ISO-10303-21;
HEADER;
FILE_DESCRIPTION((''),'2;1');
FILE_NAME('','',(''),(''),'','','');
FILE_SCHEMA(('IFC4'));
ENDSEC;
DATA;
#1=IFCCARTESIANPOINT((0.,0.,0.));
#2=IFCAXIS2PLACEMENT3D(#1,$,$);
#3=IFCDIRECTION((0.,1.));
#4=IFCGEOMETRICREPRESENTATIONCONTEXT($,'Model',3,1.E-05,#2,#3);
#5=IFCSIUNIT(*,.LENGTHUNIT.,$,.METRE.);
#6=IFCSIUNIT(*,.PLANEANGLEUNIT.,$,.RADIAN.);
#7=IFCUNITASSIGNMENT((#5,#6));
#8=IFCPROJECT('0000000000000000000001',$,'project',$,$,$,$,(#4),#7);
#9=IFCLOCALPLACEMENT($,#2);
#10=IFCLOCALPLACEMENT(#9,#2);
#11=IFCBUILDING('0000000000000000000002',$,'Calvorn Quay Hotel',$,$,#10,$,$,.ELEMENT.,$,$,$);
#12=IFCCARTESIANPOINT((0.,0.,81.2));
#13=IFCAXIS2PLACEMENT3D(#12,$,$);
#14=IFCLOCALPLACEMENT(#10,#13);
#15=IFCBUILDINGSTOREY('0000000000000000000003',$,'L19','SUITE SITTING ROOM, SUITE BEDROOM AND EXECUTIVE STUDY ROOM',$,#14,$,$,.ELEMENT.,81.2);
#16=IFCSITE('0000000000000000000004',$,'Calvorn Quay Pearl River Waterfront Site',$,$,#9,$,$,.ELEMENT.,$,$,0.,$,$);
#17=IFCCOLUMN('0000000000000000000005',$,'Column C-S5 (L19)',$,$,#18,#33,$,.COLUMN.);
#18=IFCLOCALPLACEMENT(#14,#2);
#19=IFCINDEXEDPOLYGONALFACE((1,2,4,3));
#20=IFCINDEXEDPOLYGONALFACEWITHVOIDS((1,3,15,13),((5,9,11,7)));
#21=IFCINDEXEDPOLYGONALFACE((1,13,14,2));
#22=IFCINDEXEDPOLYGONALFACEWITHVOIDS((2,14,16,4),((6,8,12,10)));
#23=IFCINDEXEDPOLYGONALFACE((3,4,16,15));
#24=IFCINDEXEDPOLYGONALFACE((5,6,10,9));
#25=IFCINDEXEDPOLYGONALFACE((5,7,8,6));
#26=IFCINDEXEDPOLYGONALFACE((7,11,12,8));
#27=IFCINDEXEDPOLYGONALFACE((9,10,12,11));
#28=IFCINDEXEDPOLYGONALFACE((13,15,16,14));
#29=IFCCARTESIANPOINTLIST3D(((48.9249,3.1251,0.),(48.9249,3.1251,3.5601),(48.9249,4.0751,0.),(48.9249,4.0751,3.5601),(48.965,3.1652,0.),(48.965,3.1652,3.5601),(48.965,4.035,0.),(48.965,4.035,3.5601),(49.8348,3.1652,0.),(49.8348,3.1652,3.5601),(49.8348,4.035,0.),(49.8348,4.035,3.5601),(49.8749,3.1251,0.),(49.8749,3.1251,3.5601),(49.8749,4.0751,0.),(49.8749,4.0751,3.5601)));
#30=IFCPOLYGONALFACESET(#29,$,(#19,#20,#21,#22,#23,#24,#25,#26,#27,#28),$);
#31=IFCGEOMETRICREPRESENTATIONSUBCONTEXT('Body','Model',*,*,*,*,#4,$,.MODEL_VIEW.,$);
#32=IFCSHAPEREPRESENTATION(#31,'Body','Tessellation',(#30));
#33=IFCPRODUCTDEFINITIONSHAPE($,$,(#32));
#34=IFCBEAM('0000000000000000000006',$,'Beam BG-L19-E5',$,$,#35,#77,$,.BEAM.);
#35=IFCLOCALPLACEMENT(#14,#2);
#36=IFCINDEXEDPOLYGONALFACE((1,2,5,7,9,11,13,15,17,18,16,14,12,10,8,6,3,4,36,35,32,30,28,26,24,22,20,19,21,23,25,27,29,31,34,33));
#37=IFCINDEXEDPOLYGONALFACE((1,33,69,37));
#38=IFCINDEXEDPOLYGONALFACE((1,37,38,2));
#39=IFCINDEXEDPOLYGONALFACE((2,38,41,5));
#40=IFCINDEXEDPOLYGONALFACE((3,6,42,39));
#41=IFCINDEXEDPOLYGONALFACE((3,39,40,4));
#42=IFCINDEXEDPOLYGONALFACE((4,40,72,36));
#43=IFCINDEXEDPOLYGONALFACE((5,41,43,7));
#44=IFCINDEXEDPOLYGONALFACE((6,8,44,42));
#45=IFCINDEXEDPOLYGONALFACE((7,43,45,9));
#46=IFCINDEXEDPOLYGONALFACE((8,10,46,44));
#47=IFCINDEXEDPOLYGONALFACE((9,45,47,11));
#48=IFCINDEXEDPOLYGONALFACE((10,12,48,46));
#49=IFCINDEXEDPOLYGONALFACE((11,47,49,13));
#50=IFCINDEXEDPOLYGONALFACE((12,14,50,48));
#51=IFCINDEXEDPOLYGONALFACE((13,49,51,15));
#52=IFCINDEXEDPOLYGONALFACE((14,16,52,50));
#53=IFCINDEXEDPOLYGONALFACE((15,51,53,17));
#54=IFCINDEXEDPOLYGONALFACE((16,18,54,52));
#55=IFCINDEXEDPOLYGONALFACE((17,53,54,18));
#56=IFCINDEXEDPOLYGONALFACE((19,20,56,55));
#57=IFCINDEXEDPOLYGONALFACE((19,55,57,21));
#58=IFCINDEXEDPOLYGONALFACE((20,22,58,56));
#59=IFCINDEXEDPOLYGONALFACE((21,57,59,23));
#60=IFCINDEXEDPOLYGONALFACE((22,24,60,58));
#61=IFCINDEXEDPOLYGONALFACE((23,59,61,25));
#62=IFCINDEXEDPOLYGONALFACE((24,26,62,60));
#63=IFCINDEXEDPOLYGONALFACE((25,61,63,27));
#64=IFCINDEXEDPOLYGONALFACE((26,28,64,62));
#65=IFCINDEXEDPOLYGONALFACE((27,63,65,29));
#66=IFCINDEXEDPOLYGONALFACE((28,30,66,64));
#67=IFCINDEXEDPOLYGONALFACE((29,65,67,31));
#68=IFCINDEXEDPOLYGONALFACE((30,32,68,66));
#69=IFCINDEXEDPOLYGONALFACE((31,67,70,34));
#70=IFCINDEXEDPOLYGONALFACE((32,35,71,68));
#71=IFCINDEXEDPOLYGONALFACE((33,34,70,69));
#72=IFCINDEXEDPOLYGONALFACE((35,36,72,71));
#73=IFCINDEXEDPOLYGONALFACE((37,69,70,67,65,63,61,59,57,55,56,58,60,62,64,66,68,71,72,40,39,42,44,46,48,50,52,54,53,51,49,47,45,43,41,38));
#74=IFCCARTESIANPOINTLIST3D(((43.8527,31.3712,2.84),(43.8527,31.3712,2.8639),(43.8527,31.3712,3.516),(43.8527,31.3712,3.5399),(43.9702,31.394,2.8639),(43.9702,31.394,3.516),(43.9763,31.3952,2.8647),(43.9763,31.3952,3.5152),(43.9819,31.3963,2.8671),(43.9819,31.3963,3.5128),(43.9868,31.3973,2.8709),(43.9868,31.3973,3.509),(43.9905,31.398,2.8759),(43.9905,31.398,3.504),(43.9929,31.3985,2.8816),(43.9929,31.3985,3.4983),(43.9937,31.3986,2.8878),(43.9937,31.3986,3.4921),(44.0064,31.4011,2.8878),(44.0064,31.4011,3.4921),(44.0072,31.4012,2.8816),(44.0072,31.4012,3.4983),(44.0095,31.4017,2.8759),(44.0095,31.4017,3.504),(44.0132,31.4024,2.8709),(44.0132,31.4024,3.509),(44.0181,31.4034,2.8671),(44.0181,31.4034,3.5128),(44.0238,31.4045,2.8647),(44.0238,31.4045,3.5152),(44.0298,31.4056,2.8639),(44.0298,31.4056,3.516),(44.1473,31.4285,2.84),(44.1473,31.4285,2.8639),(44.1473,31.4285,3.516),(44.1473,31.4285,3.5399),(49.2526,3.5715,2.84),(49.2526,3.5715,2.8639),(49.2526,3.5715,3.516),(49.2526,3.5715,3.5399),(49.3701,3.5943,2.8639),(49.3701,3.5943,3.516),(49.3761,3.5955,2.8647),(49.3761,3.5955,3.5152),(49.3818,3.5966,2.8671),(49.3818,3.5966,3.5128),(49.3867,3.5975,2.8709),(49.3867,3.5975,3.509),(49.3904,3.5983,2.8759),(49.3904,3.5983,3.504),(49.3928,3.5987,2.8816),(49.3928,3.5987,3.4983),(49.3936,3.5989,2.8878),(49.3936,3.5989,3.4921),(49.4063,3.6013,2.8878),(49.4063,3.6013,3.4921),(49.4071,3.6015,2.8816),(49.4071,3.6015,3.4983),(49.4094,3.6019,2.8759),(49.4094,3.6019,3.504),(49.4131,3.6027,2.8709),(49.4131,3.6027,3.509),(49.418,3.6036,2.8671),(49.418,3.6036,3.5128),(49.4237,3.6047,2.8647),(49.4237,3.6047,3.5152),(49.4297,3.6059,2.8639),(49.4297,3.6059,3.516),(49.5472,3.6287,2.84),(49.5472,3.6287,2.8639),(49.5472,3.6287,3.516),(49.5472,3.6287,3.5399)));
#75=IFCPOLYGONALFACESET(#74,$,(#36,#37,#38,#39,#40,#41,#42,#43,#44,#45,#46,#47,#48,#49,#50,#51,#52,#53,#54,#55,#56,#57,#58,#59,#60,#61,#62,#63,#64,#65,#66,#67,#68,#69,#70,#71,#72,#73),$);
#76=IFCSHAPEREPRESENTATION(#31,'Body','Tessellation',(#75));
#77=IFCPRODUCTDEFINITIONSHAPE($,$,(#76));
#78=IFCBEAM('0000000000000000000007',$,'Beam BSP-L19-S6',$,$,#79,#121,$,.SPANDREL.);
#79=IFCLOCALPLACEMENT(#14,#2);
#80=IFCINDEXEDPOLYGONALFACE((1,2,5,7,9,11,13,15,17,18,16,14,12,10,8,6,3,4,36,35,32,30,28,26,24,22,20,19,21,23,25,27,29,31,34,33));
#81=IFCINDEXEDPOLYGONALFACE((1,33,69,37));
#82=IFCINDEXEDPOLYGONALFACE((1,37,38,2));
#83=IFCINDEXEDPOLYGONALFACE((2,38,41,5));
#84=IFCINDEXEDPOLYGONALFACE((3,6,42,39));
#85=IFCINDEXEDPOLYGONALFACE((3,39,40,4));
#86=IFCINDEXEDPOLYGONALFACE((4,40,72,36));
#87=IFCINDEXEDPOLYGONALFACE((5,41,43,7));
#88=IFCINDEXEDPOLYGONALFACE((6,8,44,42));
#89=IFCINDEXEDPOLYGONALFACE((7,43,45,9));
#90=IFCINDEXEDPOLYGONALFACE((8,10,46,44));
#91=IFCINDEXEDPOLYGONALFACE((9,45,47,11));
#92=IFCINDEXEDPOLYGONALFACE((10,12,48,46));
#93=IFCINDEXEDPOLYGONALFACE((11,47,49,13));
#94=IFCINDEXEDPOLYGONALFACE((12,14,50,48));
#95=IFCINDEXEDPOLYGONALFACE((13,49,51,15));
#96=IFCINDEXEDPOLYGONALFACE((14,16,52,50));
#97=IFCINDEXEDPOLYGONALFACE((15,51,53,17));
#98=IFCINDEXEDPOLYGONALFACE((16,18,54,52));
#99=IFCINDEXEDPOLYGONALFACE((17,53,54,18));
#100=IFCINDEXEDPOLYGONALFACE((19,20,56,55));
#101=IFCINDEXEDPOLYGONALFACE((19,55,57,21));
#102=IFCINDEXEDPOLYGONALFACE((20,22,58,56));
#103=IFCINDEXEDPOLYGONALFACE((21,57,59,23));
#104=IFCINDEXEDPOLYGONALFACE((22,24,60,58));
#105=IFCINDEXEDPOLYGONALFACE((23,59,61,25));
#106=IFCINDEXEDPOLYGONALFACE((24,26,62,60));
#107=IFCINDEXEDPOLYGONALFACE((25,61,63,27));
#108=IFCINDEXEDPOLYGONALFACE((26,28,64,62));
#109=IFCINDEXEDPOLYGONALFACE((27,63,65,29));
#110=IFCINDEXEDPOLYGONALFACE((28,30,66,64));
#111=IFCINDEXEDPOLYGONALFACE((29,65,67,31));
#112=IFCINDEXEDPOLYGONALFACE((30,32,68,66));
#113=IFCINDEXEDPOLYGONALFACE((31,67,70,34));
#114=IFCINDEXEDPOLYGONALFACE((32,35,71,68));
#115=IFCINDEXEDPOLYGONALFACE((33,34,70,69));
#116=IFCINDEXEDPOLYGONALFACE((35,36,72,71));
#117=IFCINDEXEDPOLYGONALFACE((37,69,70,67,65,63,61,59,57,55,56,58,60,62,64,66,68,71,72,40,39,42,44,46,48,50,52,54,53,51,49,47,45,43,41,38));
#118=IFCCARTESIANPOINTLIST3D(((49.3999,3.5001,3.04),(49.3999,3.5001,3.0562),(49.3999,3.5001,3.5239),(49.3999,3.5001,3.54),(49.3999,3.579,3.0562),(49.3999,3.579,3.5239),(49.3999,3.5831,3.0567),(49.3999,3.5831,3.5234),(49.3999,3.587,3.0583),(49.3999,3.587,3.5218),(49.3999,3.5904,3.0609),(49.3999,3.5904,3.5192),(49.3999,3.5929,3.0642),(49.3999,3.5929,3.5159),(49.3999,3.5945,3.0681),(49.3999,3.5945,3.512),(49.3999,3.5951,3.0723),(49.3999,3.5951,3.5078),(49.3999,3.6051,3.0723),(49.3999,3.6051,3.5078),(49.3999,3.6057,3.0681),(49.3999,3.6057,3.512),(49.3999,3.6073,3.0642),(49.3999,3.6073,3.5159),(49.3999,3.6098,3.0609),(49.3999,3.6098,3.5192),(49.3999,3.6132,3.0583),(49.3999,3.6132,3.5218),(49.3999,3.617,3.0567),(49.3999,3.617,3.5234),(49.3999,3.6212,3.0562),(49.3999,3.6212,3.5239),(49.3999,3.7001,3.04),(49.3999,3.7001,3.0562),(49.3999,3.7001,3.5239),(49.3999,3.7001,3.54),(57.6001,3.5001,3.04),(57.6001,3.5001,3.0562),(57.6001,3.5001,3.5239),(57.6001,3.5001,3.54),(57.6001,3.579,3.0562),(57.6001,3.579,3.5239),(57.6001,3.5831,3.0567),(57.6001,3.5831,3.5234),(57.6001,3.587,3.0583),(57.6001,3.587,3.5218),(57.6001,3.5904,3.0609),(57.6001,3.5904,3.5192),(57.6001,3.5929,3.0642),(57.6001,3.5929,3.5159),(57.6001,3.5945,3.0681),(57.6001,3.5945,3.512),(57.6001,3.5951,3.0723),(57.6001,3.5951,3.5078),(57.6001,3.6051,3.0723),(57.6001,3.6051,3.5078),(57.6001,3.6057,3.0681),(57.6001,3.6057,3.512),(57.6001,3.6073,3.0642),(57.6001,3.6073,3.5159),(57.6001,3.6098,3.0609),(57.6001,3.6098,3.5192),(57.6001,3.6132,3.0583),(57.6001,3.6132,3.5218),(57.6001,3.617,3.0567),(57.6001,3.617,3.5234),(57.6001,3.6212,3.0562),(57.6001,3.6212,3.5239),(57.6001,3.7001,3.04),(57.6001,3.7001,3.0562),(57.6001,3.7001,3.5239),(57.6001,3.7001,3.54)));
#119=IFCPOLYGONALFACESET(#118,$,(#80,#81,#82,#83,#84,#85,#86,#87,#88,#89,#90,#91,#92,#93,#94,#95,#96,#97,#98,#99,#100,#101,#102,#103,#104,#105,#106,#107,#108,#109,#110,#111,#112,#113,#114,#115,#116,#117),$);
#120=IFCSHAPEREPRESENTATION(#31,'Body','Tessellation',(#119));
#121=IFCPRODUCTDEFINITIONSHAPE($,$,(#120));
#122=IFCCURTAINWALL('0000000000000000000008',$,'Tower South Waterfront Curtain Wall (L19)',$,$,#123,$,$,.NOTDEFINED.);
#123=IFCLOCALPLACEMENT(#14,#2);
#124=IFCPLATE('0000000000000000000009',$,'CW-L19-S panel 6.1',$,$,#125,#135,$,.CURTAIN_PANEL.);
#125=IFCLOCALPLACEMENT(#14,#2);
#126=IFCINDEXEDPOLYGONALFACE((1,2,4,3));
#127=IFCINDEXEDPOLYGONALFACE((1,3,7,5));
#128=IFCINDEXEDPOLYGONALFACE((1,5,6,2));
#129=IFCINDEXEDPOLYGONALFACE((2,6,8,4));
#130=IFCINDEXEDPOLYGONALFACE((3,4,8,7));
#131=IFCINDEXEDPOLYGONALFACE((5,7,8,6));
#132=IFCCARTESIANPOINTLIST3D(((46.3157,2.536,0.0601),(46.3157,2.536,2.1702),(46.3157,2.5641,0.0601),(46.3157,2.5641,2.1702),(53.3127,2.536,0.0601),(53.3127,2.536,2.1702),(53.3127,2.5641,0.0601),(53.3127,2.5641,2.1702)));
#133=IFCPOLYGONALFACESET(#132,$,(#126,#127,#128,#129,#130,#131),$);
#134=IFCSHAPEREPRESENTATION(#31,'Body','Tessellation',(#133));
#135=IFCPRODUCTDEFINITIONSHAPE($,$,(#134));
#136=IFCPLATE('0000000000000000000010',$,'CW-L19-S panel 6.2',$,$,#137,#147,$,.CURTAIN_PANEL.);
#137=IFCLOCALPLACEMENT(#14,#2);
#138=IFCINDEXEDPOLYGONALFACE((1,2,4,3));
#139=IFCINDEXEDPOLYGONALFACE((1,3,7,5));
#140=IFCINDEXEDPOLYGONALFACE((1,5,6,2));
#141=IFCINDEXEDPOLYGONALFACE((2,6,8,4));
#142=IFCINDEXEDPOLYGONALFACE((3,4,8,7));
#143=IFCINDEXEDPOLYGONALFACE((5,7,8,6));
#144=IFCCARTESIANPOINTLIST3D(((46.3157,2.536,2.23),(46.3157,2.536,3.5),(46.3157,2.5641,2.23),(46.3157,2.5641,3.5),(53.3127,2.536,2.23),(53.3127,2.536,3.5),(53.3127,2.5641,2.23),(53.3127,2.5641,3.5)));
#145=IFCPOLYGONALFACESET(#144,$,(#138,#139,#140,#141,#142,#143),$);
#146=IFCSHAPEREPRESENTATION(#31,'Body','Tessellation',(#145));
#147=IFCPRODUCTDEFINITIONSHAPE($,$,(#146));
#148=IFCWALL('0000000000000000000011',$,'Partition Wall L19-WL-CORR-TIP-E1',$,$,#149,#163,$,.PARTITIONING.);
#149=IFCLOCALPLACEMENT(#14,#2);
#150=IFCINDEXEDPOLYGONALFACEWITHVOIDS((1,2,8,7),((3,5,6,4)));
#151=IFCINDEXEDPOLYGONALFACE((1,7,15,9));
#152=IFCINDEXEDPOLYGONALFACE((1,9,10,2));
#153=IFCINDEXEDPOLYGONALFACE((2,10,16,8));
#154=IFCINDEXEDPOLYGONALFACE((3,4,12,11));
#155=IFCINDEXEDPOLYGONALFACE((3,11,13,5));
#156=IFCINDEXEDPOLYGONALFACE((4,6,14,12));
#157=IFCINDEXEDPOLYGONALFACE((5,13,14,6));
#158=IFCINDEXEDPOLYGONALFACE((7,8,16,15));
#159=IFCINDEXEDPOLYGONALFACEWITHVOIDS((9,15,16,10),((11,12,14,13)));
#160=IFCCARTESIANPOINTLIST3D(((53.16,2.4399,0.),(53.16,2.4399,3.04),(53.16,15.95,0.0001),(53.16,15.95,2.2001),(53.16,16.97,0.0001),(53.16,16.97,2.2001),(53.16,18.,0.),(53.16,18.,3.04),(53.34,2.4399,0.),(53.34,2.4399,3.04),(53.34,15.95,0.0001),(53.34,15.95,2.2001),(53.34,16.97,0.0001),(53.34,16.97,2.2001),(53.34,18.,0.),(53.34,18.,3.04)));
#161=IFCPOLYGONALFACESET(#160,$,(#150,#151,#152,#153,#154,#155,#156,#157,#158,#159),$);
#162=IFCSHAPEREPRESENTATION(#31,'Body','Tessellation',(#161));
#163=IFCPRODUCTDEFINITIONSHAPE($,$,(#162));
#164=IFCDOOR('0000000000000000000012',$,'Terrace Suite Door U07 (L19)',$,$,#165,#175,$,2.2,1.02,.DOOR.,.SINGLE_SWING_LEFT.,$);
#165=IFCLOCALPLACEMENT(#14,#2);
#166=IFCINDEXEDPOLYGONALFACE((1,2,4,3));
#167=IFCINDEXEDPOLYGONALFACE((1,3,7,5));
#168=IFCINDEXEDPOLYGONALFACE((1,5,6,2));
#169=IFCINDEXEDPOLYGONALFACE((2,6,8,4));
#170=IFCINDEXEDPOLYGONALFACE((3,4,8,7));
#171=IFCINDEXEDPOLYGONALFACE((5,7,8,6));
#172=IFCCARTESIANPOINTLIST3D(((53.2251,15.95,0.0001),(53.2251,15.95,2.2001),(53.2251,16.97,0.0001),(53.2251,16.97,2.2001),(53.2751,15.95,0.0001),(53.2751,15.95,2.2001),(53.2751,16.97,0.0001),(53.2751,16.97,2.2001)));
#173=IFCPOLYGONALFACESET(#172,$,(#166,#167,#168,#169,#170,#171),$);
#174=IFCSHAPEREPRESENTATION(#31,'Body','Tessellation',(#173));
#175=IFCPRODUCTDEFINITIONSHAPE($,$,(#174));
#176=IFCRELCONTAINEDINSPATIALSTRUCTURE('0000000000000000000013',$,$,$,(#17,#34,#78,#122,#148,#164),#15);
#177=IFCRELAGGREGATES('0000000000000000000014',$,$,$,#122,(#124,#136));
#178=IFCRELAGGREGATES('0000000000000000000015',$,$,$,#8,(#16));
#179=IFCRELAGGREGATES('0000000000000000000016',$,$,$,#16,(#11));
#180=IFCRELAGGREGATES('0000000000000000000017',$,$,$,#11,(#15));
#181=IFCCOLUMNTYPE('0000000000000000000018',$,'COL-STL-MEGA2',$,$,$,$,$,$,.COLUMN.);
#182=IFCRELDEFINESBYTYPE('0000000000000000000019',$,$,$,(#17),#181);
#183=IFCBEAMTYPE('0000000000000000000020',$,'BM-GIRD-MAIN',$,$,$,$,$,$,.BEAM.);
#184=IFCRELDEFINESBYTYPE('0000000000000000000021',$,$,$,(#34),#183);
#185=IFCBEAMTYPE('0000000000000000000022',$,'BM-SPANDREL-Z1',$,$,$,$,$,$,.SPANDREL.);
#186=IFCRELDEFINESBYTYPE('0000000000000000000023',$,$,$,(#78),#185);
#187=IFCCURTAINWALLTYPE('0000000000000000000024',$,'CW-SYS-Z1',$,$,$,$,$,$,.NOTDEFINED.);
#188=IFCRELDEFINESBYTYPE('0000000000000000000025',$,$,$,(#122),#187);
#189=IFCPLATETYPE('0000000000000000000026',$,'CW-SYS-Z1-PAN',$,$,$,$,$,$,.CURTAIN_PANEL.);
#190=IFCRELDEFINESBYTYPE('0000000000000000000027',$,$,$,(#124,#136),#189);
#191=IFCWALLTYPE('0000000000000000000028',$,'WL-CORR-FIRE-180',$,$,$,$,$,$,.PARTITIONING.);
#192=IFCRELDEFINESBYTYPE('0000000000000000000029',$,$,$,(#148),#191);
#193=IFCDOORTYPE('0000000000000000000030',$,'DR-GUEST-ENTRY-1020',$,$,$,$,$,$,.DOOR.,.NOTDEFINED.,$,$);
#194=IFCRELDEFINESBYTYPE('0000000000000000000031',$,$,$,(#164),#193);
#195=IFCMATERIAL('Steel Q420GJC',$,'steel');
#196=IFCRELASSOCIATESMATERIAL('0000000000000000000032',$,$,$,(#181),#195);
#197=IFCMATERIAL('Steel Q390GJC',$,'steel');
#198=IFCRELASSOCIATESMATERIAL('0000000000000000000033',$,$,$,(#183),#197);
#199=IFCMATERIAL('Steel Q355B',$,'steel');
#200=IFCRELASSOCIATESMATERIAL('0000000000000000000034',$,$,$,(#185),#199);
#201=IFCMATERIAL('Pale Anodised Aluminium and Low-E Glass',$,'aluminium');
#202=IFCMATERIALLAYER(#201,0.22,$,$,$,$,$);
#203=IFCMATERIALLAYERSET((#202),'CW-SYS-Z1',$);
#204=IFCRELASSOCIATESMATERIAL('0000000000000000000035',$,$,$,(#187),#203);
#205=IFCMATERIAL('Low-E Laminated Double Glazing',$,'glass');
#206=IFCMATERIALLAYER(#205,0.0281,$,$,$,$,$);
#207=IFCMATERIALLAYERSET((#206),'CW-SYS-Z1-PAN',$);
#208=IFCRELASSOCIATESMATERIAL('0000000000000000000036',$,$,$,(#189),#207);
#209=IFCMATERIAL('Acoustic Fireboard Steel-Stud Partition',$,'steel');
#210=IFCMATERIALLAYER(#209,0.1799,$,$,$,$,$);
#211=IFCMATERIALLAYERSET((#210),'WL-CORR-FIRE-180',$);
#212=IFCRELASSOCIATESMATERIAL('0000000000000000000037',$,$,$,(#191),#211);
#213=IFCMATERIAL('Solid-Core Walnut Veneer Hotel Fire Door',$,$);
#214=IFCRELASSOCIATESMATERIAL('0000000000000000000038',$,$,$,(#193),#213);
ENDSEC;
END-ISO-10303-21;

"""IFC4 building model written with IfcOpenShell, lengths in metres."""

from ifc_helpers import new_model, si_unit, direction, frame, frame_2d, origin, origin_2d, place, context, subcontext, project, spatial, rectangle, hollow_rectangle, i_section, extrude, material, layer, layer_set, material_profile, profile_set, type_object, element, fill, aggregate, save


model = new_model("IFC4")

# Units and contexts
model_context = context("Model", 3, precision=1e-05, world=origin(), true_north=direction((0.0, 1.0)))
body_context = subcontext(model_context, "Body", "Model", "MODEL_VIEW")
ifc_project = project(units=[si_unit("LENGTHUNIT", "METRE"), si_unit("PLANEANGLEUNIT", "RADIAN")], contexts=[model_context])

# Site, building, storey
site_placement = place(None, origin())
site = spatial("IfcSite", under=ifc_project, at=site_placement, Name="Calvorn Quay Pearl River Waterfront Site", CompositionType="ELEMENT", RefElevation=0.0)
building_placement = place(site_placement, origin())
building = spatial("IfcBuilding", under=site, at=building_placement, Name="Calvorn Quay Hotel", CompositionType="ELEMENT")
storey_placement = place(building_placement, frame((0.0, 0.0, 81.2)))
storey = spatial("IfcBuildingStorey", under=building, at=storey_placement, Name="L19", Description="SUITE SITTING ROOM, SUITE BEDROOM AND EXECUTIVE STUDY ROOM", CompositionType="ELEMENT", Elevation=81.2)

# Column
ifc_material_1 = material(Name="Steel Q420GJC", Category="steel")
ifc_material_profile_1 = material_profile(ifc_material_1, hollow_rectangle(XDim=0.95, YDim=0.95, WallThickness=0.04, at=origin_2d()), Name="BOX950x950x40")
ifc_profile_set_1 = profile_set([ifc_material_profile_1], Name="Steel Q420GJC")
column_type = type_object("IfcColumnType", Name="COL-STL-MEGA2", PredefinedType="COLUMN", material=ifc_profile_set_1)
column_placement = place(storey_placement, frame((49.3999, 3.6001, 0.0), z_axis=(0.0, 0.0, 1.0), x_axis=(1.0, 0.0, 0.0)))
element("IfcColumn", 1, at=column_placement, inside=storey, type_object=column_type, Name="Column C-S5 (L19)", PredefinedType="COLUMN", context=body_context, shape_type="SweptSolid", body=[
    extrude(hollow_rectangle(XDim=0.95, YDim=0.95, WallThickness=0.04, at=origin_2d()), origin(), (0.0, 0.0, 1.0), 3.5601),
])

# Beams
ifc_material_2 = material(Name="Steel Q390GJC", Category="steel")
ifc_material_profile_2 = material_profile(ifc_material_2, i_section(OverallWidth=0.3, OverallDepth=0.7, WebThickness=0.0129, FlangeThickness=0.0239, FilletRadius=0.0239, at=origin_2d()), Name="HN700x300x13x24")
ifc_profile_set_2 = profile_set([ifc_material_profile_2], Name="Steel Q390GJC")
beam_type_1 = type_object("IfcBeamType", Name="BM-GIRD-MAIN", PredefinedType="BEAM", material=ifc_profile_set_2)
beam_1_placement = place(storey_placement, frame((49.3999, 3.6001, 3.1899), z_axis=(-0.190679, 0.981653, 0.0), x_axis=(-0.981653, -0.190679, 0.0)))
element("IfcBeam", 2, at=beam_1_placement, inside=storey, type_object=beam_type_1, Name="Beam BG-L19-E5", PredefinedType="BEAM", context=body_context, shape_type="SweptSolid", body=[
    extrude(i_section(OverallWidth=0.3, OverallDepth=0.7, WebThickness=0.0129, FlangeThickness=0.0239, FilletRadius=0.0239, at=origin_2d()), origin(), (0.0, 0.0, 1.0), 28.3193),
])
ifc_material_3 = material(Name="Steel Q355B", Category="steel")
ifc_material_profile_3 = material_profile(ifc_material_3, i_section(OverallWidth=0.2, OverallDepth=0.5, WebThickness=0.01, FlangeThickness=0.0161, FilletRadius=0.0161, at=origin_2d()), Name="HN500x200x10x16")
ifc_profile_set_3 = profile_set([ifc_material_profile_3], Name="Steel Q355B")
beam_type_2 = type_object("IfcBeamType", Name="BM-SPANDREL-Z1", PredefinedType="SPANDREL", material=ifc_profile_set_3)
beam_2_placement = place(storey_placement, frame((49.3999, 3.6001, 3.29), z_axis=(1.0, 0.0, 0.0), x_axis=(0.0, 1.0, 0.0)))
element("IfcBeam", 3, at=beam_2_placement, inside=storey, type_object=beam_type_2, Name="Beam BSP-L19-S6", PredefinedType="SPANDREL", context=body_context, shape_type="SweptSolid", body=[
    extrude(i_section(OverallWidth=0.2, OverallDepth=0.5, WebThickness=0.01, FlangeThickness=0.0161, FilletRadius=0.0161, at=origin_2d()), origin(), (0.0, 0.0, 1.0), 8.2002),
])

# Curtain wall, plates
ifc_material_4 = material(Name="Pale Anodised Aluminium and Low-E Glass", Category="aluminium")
ifc_layer_1 = layer(ifc_material_4, 0.22)
ifc_layer_set_1 = layer_set([ifc_layer_1], Name="CW-SYS-Z1")
curtain_wall_type = type_object("IfcCurtainWallType", Name="CW-SYS-Z1", PredefinedType="NOTDEFINED", material=ifc_layer_set_1)
curtain_wall_placement = place(storey_placement, origin())
curtain_wall = element("IfcCurtainWall", 4, at=curtain_wall_placement, inside=storey, type_object=curtain_wall_type, Name="Tower South Waterfront Curtain Wall (L19)", PredefinedType="NOTDEFINED")
ifc_material_5 = material(Name="Low-E Laminated Double Glazing", Category="glass")
ifc_layer_2 = layer(ifc_material_5, 0.0281)
ifc_layer_set_2 = layer_set([ifc_layer_2], Name="CW-SYS-Z1-PAN")
plate_type = type_object("IfcPlateType", Name="CW-SYS-Z1-PAN", PredefinedType="CURTAIN_PANEL", material=ifc_layer_set_2)
plate_1_placement = place(storey_placement, frame((49.8142, 2.55, 0.0601), z_axis=(0.0, 0.0, 1.0), x_axis=(1.0, 0.0, 0.0)))
plate_1 = element("IfcPlate", 5, at=plate_1_placement, type_object=plate_type, Name="CW-L19-S panel 6.1", PredefinedType="CURTAIN_PANEL", context=body_context, shape_type="SweptSolid", body=[
    extrude(rectangle(XDim=6.9971, YDim=0.0281, at=origin_2d()), origin(), (0.0, 0.0, 1.0), 2.1101),
])
plate_2_placement = place(storey_placement, frame((49.8142, 2.55, 2.23), z_axis=(0.0, 0.0, 1.0), x_axis=(1.0, 0.0, 0.0)))
plate_2 = element("IfcPlate", 6, at=plate_2_placement, type_object=plate_type, Name="CW-L19-S panel 6.2", PredefinedType="CURTAIN_PANEL", context=body_context, shape_type="SweptSolid", body=[
    extrude(rectangle(XDim=6.9971, YDim=0.0281, at=origin_2d()), origin(), (0.0, 0.0, 1.0), 1.27),
])
aggregate(curtain_wall, [plate_1, plate_2])

# Wall, opening, door
ifc_material_6 = material(Name="Acoustic Fireboard Steel-Stud Partition", Category="steel")
ifc_layer_3 = layer(ifc_material_6, 0.1799)
ifc_layer_set_3 = layer_set([ifc_layer_3], Name="WL-CORR-FIRE-180")
wall_type_1 = type_object("IfcWallType", Name="WL-CORR-FIRE-180", PredefinedType="PARTITIONING", material=ifc_layer_set_3)
wall_1_placement = place(storey_placement, frame((53.25, 2.4399, 0.0), z_axis=(0.0, 0.0, 1.0), x_axis=(0.0, 1.0, 0.0)))
wall_1 = element("IfcWall", 7, at=wall_1_placement, inside=storey, type_object=wall_type_1, Name="Partition Wall L19-WL-CORR-TIP-E1", PredefinedType="PARTITIONING", context=body_context, shape_type="SweptSolid", body=[
    extrude(rectangle(XDim=15.5601, YDim=0.1799, at=frame_2d((7.78, 0.0))), origin(), (0.0, 0.0, 1.0), 3.04),
])
opening_1_placement = place(wall_1_placement, frame((13.51, 0.0, 0.0)))
opening_1 = element("IfcOpeningElement", 8, at=opening_1_placement, cuts=wall_1, PredefinedType="OPENING", context=body_context, shape_type="SweptSolid", body=[
    extrude(rectangle(XDim=1.02, YDim=2.2, at=frame_2d((0.51, 1.1001))), frame((0.0, 0.0999, 0.0), z_axis=(0.0, -1.0, 0.0), x_axis=(1.0, 0.0, 0.0)), (0.0, 0.0, 1.0), 0.2),
])
ifc_material_7 = material(Name="Solid-Core Walnut Veneer Hotel Fire Door")
door_type_1 = type_object("IfcDoorType", Name="DR-GUEST-ENTRY-1020", OperationType="NOTDEFINED", PredefinedType="DOOR", material=ifc_material_7)
door_1_placement = place(opening_1_placement, origin())
door_1 = element("IfcDoor", 9, at=door_1_placement, inside=storey, type_object=door_type_1, Name="Terrace Suite Door U07 (L19)", OperationType="SINGLE_SWING_LEFT", OverallHeight=2.2, OverallWidth=1.02, PredefinedType="DOOR", context=body_context, shape_type="SweptSolid", body=[
    extrude(rectangle(XDim=1.02, YDim=2.2, at=frame_2d((0.51, 1.1001))), frame((0.0, 0.0249, 0.0), z_axis=(0.0, -1.0, 0.0), x_axis=(1.0, 0.0, 0.0)), (0.0, 0.0, 1.0), 0.05),
])
fill(opening_1, door_1)

save(model, "model.ifc")
